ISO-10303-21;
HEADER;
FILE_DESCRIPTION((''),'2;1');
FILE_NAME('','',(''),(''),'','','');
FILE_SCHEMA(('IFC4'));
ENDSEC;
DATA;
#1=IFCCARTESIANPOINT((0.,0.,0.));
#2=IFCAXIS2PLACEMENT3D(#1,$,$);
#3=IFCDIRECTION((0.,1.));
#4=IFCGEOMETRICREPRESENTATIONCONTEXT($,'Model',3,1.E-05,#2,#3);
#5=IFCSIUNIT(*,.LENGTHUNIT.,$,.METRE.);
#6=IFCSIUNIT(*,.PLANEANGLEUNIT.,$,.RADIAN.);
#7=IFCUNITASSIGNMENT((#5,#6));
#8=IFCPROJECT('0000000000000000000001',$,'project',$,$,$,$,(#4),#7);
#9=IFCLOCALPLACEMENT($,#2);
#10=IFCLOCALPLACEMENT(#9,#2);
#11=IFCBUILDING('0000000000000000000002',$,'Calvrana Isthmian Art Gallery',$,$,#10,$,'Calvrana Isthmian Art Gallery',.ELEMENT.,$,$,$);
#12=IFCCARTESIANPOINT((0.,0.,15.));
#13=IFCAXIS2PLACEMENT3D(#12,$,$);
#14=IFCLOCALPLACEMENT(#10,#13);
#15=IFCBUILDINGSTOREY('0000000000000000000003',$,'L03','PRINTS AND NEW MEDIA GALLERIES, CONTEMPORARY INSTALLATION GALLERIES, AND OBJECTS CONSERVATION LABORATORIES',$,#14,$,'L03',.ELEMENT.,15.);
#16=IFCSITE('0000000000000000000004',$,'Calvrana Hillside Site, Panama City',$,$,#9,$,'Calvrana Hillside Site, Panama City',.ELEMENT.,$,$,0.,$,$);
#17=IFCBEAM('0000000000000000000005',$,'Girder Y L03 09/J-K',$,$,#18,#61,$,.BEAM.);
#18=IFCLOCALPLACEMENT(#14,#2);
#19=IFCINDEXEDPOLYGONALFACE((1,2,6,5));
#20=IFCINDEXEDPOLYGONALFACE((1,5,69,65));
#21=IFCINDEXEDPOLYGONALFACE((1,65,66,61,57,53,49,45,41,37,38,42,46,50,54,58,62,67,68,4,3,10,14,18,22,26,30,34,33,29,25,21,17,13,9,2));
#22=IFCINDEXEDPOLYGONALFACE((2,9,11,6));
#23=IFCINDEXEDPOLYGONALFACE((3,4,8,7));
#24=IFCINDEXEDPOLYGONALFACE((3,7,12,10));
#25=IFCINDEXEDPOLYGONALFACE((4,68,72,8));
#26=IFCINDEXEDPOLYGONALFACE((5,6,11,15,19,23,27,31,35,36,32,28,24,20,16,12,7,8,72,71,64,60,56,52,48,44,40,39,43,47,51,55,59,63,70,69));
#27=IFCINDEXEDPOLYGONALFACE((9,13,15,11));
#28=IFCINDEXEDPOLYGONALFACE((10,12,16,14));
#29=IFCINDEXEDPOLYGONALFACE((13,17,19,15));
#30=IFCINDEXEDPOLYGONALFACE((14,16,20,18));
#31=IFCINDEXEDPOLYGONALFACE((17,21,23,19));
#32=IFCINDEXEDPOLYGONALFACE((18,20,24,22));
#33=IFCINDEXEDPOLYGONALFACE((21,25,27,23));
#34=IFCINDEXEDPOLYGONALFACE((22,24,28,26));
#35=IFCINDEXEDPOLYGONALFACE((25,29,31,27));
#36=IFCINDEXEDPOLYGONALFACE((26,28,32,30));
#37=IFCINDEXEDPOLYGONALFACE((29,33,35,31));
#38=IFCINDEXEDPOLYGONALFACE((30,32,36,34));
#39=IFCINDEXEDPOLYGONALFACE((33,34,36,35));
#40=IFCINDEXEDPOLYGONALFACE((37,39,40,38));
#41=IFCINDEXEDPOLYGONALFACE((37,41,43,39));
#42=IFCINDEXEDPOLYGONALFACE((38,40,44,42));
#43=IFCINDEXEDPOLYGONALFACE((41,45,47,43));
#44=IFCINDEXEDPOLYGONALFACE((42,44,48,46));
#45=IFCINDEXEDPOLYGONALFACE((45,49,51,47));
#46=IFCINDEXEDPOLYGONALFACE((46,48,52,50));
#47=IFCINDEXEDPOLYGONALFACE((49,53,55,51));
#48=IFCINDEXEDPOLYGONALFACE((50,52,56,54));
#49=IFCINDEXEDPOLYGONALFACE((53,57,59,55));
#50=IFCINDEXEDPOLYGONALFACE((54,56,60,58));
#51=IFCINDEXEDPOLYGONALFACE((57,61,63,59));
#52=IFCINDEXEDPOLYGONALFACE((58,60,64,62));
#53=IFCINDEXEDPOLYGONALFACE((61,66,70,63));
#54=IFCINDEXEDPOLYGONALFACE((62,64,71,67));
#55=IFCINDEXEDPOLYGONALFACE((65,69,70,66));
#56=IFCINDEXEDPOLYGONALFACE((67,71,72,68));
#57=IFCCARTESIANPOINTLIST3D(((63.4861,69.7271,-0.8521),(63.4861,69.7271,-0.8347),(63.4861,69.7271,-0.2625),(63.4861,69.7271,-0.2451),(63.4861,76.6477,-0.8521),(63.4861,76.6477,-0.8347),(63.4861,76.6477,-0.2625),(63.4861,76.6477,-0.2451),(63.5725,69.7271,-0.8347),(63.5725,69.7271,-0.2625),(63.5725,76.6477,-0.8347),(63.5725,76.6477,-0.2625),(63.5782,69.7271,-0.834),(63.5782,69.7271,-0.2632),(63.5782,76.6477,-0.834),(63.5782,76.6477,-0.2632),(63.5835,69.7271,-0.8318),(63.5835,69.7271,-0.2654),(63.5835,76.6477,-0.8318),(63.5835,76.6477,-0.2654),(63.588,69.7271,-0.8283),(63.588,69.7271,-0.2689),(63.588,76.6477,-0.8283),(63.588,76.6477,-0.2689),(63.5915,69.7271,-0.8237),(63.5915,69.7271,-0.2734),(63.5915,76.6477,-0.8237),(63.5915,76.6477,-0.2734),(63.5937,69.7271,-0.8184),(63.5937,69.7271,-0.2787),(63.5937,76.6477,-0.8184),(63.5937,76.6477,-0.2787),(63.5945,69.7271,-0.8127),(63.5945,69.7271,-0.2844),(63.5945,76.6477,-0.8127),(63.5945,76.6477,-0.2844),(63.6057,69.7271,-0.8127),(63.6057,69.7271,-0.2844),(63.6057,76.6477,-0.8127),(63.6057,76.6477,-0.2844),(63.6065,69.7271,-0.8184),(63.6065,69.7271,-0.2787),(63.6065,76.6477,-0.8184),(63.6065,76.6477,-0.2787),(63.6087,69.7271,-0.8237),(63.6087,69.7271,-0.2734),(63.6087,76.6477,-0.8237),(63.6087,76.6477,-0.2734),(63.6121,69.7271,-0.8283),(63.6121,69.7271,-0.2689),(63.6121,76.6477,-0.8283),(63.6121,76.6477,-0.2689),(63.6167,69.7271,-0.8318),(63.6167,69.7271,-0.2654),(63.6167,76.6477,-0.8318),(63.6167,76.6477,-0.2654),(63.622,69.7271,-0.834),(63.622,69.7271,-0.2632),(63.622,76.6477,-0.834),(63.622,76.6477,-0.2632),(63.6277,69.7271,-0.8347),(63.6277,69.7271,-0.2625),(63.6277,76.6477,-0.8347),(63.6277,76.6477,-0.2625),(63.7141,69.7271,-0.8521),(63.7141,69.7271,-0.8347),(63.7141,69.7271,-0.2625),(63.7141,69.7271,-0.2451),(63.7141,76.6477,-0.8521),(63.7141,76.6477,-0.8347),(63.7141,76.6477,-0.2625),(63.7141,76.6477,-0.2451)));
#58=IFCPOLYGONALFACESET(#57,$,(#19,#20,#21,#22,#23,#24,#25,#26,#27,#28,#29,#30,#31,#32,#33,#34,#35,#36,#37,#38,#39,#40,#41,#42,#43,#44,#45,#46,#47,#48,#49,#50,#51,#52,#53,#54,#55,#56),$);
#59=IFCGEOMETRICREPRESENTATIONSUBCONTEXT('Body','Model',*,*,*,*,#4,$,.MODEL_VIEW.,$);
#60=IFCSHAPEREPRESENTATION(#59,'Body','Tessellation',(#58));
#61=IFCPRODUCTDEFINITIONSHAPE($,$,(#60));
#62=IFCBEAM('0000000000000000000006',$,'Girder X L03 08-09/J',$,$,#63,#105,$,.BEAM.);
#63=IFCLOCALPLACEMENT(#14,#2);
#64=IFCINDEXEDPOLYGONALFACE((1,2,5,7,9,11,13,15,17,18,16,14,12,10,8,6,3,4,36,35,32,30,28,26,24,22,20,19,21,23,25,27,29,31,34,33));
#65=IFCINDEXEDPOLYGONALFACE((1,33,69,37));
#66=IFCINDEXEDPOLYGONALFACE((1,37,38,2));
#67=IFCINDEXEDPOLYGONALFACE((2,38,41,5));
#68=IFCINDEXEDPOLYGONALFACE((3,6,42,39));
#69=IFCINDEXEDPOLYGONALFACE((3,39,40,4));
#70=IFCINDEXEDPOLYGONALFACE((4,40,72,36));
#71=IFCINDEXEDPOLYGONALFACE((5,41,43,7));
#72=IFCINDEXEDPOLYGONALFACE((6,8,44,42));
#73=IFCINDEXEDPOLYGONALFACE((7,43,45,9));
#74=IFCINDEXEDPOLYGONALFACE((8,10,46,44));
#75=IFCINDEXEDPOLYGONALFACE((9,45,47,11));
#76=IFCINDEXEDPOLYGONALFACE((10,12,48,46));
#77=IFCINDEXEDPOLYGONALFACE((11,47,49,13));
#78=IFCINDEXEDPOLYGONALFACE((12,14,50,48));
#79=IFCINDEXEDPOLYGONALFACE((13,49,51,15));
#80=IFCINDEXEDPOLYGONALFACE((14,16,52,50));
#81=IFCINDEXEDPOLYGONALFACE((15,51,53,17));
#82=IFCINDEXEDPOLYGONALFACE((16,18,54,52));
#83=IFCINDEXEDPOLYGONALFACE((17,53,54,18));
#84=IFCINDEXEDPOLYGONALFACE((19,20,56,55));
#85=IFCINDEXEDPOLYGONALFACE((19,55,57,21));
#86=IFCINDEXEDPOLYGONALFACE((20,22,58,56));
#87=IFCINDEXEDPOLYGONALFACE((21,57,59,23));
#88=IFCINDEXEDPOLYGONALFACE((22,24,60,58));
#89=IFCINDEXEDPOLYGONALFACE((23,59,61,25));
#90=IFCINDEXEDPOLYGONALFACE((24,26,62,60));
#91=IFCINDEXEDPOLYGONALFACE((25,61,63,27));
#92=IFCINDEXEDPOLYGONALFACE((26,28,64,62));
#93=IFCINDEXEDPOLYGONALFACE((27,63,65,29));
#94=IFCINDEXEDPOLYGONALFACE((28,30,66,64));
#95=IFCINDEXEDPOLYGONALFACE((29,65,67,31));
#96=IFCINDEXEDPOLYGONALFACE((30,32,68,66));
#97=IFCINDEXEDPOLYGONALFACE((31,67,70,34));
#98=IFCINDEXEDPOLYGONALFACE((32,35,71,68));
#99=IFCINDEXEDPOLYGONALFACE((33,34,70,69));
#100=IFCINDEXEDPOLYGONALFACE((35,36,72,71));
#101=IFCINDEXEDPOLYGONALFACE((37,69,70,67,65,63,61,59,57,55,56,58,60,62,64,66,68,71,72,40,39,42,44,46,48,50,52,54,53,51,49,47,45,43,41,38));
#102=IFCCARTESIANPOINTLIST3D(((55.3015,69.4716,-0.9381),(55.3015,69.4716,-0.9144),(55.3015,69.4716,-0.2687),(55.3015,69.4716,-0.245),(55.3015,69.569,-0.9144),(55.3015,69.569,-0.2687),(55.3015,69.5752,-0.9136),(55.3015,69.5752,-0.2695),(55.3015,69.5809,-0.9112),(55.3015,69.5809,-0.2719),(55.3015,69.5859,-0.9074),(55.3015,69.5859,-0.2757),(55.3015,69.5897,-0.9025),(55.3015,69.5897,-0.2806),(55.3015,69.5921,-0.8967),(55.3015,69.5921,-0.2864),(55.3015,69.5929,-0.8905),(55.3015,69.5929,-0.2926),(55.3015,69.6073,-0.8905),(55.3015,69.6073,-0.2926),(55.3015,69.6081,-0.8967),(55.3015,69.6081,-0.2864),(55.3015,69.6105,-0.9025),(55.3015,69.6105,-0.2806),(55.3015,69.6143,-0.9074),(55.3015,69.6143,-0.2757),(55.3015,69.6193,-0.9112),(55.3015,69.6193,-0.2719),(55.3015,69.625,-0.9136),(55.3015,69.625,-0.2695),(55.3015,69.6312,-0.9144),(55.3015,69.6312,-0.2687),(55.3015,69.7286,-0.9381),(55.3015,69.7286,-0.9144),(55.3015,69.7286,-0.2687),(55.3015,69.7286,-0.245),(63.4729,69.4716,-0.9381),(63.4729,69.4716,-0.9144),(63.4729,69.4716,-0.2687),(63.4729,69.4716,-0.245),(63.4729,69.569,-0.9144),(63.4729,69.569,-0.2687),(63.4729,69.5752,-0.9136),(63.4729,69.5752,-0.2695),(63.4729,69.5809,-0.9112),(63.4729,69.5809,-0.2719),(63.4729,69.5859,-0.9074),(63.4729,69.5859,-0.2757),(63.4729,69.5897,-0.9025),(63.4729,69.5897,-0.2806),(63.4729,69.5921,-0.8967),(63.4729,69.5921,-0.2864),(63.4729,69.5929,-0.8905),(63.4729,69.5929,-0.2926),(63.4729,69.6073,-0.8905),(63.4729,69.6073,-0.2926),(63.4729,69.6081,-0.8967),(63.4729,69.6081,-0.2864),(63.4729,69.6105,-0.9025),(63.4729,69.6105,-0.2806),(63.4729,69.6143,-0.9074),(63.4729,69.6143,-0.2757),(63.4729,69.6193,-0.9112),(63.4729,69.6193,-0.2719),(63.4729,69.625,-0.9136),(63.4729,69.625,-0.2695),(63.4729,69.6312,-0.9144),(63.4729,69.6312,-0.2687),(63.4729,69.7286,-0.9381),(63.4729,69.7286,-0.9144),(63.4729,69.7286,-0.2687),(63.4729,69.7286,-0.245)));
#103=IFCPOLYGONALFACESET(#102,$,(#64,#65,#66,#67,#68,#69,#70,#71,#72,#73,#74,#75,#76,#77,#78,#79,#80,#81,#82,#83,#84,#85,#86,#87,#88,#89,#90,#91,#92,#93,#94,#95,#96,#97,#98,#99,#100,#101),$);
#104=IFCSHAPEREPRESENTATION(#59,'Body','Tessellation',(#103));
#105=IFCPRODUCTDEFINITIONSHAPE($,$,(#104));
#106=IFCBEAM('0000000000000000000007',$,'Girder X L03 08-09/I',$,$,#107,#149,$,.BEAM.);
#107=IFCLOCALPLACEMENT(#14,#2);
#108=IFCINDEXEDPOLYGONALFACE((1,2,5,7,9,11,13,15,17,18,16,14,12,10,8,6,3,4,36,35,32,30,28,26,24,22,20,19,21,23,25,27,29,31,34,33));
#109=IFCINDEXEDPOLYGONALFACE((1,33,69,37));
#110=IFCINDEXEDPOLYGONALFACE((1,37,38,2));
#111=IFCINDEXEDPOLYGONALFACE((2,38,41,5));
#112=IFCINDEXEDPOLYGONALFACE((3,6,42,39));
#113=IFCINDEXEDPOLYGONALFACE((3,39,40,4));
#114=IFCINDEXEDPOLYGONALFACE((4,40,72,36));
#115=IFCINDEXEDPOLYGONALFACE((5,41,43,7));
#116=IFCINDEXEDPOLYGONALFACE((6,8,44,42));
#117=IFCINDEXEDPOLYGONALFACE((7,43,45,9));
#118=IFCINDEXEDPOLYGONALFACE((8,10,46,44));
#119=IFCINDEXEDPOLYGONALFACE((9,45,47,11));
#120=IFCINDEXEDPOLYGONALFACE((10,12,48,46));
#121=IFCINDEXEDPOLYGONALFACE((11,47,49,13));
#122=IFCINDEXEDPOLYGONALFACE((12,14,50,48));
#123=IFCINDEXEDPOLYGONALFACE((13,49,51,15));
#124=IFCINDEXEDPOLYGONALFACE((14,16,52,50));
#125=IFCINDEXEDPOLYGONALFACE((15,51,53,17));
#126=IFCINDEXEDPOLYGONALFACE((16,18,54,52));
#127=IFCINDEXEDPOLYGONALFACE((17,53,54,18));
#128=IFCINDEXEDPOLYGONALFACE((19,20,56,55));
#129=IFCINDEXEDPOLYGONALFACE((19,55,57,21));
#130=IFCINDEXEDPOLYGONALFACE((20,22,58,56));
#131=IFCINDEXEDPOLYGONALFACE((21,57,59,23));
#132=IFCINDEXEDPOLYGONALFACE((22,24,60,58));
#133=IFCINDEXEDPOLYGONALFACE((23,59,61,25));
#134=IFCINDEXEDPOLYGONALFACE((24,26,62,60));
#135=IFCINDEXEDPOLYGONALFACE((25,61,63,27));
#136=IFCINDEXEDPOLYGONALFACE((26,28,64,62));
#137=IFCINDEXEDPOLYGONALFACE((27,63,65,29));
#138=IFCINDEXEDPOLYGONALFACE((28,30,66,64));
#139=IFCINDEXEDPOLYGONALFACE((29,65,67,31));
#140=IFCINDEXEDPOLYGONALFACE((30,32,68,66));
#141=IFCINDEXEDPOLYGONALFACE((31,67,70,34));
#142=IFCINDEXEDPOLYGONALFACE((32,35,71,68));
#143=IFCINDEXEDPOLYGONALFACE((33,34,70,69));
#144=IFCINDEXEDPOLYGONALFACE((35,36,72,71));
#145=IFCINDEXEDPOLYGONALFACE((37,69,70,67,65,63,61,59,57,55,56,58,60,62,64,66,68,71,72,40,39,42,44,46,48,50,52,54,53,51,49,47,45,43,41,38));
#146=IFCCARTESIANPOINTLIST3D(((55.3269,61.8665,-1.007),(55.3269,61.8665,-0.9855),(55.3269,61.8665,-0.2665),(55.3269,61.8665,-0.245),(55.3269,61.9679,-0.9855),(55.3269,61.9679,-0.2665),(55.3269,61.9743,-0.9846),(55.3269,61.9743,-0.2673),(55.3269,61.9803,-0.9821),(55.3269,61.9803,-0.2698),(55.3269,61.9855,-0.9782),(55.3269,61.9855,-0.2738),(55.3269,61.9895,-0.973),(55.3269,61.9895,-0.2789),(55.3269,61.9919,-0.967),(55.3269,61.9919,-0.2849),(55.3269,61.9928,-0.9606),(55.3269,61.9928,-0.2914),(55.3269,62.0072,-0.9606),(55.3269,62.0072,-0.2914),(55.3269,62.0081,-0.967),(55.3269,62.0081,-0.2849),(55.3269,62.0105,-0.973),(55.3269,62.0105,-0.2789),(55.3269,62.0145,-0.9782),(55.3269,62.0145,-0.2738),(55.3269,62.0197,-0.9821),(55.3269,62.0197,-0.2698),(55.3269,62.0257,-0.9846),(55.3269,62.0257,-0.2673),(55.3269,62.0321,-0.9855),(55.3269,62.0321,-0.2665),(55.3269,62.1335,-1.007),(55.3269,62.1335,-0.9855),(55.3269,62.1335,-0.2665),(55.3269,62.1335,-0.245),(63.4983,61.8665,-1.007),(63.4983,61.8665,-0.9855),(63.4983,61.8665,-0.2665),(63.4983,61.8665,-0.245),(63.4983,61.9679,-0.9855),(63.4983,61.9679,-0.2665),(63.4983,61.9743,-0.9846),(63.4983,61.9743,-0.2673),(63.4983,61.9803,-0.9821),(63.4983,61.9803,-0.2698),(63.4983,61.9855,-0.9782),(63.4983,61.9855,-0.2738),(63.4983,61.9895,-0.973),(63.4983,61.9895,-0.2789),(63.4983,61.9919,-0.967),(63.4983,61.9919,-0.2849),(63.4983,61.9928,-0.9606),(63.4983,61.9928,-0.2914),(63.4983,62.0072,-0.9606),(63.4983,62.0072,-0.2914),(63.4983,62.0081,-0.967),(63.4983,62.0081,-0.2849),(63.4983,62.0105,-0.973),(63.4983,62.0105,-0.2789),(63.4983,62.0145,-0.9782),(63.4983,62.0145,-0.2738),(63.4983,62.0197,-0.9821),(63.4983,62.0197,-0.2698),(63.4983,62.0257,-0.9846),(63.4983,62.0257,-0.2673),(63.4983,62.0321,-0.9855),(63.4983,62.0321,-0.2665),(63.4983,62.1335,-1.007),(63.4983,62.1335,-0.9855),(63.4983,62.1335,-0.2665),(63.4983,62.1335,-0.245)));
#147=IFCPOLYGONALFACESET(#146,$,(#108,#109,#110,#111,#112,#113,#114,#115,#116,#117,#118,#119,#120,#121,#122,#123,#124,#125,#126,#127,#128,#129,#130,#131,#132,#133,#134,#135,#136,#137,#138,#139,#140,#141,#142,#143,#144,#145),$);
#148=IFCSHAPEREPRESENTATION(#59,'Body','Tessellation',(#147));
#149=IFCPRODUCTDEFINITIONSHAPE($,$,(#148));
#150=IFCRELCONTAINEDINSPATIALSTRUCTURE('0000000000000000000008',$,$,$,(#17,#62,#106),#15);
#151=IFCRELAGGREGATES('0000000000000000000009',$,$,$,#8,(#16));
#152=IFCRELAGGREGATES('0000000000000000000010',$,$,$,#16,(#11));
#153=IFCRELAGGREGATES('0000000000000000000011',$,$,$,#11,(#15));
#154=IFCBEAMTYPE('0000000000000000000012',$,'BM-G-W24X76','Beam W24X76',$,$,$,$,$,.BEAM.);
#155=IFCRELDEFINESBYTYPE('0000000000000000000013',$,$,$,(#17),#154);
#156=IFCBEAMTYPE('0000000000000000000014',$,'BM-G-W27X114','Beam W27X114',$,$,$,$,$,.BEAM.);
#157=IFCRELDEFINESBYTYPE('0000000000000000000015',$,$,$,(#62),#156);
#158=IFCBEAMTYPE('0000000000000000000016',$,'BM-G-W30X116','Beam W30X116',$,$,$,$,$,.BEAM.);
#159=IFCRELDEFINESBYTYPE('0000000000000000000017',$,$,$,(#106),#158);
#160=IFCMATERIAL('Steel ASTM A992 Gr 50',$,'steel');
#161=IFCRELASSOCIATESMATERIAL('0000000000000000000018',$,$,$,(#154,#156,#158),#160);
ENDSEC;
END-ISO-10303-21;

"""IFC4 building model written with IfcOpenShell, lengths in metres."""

from ifc_helpers import new_model, si_unit, direction, frame, origin, origin_2d, place, context, subcontext, project, spatial, i_section, extrude, material, material_profile, profile_set, type_object, element, save


model = new_model("IFC4")

# Units and contexts
model_context = context("Model", 3, precision=1e-05, world=origin(), true_north=direction((0.0, 1.0)))
body_context = subcontext(model_context, "Body", "Model", "MODEL_VIEW")
ifc_project = project(units=[si_unit("LENGTHUNIT", "METRE"), si_unit("PLANEANGLEUNIT", "RADIAN")], contexts=[model_context])

# Site, building, storey
site_placement = place(None, origin())
site = spatial("IfcSite", under=ifc_project, at=site_placement, Name="Calvrana Hillside Site, Panama City", LongName="Calvrana Hillside Site, Panama City", CompositionType="ELEMENT", RefElevation=0.0)
building_placement = place(site_placement, origin())
building = spatial("IfcBuilding", under=site, at=building_placement, Name="Calvrana Isthmian Art Gallery", LongName="Calvrana Isthmian Art Gallery", CompositionType="ELEMENT")
storey_placement = place(building_placement, frame((0.0, 0.0, 15.0)))
storey = spatial("IfcBuildingStorey", under=building, at=storey_placement, Name="L03", Description="PRINTS AND NEW MEDIA GALLERIES, CONTEMPORARY INSTALLATION GALLERIES, AND OBJECTS CONSERVATION LABORATORIES", LongName="L03", CompositionType="ELEMENT", Elevation=15.0)

# Shared definitions
ifc_material_1 = material(Name="Steel ASTM A992 Gr 50", Category="steel")

# Beams
ifc_material_profile_1 = material_profile(ifc_material_1, i_section(OverallWidth=0.228, OverallDepth=0.6069, WebThickness=0.0112, FlangeThickness=0.0173, FilletRadius=0.022, at=origin_2d()), Name="W24X76")
ifc_profile_set_1 = profile_set([ifc_material_profile_1], Name="Steel ASTM A992 Gr 50")
beam_type_1 = type_object("IfcBeamType", Name="BM-G-W24X76", Description="Beam W24X76", PredefinedType="BEAM", material=ifc_profile_set_1)
beam_1_placement = place(storey_placement, frame((63.6001, 69.7271, -0.5486), z_axis=(0.0, 1.0, 0.0), x_axis=(-1.0, 0.0, 0.0)))
element("IfcBeam", 1, at=beam_1_placement, inside=storey, type_object=beam_type_1, Name="Girder Y L03 09/J-K", PredefinedType="BEAM", context=body_context, shape_type="SweptSolid", body=[
    extrude(i_section(OverallWidth=0.228, OverallDepth=0.6069, WebThickness=0.0112, FlangeThickness=0.0173, FilletRadius=0.022, at=origin_2d()), origin(), (0.0, 0.0, 1.0), 6.9207),
])
ifc_material_profile_2 = material_profile(ifc_material_1, i_section(OverallWidth=0.2571, OverallDepth=0.6931, WebThickness=0.0144, FlangeThickness=0.0237, FilletRadius=0.0239, at=origin_2d()), Name="W27X114")
ifc_profile_set_2 = profile_set([ifc_material_profile_2], Name="Steel ASTM A992 Gr 50")
beam_type_2 = type_object("IfcBeamType", Name="BM-G-W27X114", Description="Beam W27X114", PredefinedType="BEAM", material=ifc_profile_set_2)
beam_2_placement = place(storey_placement, frame((55.3015, 69.6001, -0.5916), z_axis=(1.0, 0.0, 0.0), x_axis=(0.0, 1.0, 0.0)))
element("IfcBeam", 2, at=beam_2_placement, inside=storey, type_object=beam_type_2, Name="Girder X L03 08-09/J", PredefinedType="BEAM", context=body_context, shape_type="SweptSolid", body=[
    extrude(i_section(OverallWidth=0.2571, OverallDepth=0.6931, WebThickness=0.0144, FlangeThickness=0.0237, FilletRadius=0.0239, at=origin_2d()), origin(), (0.0, 0.0, 1.0), 8.1714),
])
ifc_material_profile_3 = material_profile(ifc_material_1, i_section(OverallWidth=0.2671, OverallDepth=0.762, WebThickness=0.0144, FlangeThickness=0.0215, FilletRadius=0.0249, at=origin_2d()), Name="W30X116")
ifc_profile_set_3 = profile_set([ifc_material_profile_3], Name="Steel ASTM A992 Gr 50")
beam_type_3 = type_object("IfcBeamType", Name="BM-G-W30X116", Description="Beam W30X116", PredefinedType="BEAM", material=ifc_profile_set_3)
beam_3_placement = place(storey_placement, frame((55.3269, 62.0, -0.626), z_axis=(1.0, 0.0, 0.0), x_axis=(0.0, 1.0, 0.0)))
element("IfcBeam", 3, at=beam_3_placement, inside=storey, type_object=beam_type_3, Name="Girder X L03 08-09/I", PredefinedType="BEAM", context=body_context, shape_type="SweptSolid", body=[
    extrude(i_section(OverallWidth=0.2671, OverallDepth=0.762, WebThickness=0.0144, FlangeThickness=0.0215, FilletRadius=0.0249, at=origin_2d()), origin(), (0.0, 0.0, 1.0), 8.1714),
])

save(model, "model.ifc")
